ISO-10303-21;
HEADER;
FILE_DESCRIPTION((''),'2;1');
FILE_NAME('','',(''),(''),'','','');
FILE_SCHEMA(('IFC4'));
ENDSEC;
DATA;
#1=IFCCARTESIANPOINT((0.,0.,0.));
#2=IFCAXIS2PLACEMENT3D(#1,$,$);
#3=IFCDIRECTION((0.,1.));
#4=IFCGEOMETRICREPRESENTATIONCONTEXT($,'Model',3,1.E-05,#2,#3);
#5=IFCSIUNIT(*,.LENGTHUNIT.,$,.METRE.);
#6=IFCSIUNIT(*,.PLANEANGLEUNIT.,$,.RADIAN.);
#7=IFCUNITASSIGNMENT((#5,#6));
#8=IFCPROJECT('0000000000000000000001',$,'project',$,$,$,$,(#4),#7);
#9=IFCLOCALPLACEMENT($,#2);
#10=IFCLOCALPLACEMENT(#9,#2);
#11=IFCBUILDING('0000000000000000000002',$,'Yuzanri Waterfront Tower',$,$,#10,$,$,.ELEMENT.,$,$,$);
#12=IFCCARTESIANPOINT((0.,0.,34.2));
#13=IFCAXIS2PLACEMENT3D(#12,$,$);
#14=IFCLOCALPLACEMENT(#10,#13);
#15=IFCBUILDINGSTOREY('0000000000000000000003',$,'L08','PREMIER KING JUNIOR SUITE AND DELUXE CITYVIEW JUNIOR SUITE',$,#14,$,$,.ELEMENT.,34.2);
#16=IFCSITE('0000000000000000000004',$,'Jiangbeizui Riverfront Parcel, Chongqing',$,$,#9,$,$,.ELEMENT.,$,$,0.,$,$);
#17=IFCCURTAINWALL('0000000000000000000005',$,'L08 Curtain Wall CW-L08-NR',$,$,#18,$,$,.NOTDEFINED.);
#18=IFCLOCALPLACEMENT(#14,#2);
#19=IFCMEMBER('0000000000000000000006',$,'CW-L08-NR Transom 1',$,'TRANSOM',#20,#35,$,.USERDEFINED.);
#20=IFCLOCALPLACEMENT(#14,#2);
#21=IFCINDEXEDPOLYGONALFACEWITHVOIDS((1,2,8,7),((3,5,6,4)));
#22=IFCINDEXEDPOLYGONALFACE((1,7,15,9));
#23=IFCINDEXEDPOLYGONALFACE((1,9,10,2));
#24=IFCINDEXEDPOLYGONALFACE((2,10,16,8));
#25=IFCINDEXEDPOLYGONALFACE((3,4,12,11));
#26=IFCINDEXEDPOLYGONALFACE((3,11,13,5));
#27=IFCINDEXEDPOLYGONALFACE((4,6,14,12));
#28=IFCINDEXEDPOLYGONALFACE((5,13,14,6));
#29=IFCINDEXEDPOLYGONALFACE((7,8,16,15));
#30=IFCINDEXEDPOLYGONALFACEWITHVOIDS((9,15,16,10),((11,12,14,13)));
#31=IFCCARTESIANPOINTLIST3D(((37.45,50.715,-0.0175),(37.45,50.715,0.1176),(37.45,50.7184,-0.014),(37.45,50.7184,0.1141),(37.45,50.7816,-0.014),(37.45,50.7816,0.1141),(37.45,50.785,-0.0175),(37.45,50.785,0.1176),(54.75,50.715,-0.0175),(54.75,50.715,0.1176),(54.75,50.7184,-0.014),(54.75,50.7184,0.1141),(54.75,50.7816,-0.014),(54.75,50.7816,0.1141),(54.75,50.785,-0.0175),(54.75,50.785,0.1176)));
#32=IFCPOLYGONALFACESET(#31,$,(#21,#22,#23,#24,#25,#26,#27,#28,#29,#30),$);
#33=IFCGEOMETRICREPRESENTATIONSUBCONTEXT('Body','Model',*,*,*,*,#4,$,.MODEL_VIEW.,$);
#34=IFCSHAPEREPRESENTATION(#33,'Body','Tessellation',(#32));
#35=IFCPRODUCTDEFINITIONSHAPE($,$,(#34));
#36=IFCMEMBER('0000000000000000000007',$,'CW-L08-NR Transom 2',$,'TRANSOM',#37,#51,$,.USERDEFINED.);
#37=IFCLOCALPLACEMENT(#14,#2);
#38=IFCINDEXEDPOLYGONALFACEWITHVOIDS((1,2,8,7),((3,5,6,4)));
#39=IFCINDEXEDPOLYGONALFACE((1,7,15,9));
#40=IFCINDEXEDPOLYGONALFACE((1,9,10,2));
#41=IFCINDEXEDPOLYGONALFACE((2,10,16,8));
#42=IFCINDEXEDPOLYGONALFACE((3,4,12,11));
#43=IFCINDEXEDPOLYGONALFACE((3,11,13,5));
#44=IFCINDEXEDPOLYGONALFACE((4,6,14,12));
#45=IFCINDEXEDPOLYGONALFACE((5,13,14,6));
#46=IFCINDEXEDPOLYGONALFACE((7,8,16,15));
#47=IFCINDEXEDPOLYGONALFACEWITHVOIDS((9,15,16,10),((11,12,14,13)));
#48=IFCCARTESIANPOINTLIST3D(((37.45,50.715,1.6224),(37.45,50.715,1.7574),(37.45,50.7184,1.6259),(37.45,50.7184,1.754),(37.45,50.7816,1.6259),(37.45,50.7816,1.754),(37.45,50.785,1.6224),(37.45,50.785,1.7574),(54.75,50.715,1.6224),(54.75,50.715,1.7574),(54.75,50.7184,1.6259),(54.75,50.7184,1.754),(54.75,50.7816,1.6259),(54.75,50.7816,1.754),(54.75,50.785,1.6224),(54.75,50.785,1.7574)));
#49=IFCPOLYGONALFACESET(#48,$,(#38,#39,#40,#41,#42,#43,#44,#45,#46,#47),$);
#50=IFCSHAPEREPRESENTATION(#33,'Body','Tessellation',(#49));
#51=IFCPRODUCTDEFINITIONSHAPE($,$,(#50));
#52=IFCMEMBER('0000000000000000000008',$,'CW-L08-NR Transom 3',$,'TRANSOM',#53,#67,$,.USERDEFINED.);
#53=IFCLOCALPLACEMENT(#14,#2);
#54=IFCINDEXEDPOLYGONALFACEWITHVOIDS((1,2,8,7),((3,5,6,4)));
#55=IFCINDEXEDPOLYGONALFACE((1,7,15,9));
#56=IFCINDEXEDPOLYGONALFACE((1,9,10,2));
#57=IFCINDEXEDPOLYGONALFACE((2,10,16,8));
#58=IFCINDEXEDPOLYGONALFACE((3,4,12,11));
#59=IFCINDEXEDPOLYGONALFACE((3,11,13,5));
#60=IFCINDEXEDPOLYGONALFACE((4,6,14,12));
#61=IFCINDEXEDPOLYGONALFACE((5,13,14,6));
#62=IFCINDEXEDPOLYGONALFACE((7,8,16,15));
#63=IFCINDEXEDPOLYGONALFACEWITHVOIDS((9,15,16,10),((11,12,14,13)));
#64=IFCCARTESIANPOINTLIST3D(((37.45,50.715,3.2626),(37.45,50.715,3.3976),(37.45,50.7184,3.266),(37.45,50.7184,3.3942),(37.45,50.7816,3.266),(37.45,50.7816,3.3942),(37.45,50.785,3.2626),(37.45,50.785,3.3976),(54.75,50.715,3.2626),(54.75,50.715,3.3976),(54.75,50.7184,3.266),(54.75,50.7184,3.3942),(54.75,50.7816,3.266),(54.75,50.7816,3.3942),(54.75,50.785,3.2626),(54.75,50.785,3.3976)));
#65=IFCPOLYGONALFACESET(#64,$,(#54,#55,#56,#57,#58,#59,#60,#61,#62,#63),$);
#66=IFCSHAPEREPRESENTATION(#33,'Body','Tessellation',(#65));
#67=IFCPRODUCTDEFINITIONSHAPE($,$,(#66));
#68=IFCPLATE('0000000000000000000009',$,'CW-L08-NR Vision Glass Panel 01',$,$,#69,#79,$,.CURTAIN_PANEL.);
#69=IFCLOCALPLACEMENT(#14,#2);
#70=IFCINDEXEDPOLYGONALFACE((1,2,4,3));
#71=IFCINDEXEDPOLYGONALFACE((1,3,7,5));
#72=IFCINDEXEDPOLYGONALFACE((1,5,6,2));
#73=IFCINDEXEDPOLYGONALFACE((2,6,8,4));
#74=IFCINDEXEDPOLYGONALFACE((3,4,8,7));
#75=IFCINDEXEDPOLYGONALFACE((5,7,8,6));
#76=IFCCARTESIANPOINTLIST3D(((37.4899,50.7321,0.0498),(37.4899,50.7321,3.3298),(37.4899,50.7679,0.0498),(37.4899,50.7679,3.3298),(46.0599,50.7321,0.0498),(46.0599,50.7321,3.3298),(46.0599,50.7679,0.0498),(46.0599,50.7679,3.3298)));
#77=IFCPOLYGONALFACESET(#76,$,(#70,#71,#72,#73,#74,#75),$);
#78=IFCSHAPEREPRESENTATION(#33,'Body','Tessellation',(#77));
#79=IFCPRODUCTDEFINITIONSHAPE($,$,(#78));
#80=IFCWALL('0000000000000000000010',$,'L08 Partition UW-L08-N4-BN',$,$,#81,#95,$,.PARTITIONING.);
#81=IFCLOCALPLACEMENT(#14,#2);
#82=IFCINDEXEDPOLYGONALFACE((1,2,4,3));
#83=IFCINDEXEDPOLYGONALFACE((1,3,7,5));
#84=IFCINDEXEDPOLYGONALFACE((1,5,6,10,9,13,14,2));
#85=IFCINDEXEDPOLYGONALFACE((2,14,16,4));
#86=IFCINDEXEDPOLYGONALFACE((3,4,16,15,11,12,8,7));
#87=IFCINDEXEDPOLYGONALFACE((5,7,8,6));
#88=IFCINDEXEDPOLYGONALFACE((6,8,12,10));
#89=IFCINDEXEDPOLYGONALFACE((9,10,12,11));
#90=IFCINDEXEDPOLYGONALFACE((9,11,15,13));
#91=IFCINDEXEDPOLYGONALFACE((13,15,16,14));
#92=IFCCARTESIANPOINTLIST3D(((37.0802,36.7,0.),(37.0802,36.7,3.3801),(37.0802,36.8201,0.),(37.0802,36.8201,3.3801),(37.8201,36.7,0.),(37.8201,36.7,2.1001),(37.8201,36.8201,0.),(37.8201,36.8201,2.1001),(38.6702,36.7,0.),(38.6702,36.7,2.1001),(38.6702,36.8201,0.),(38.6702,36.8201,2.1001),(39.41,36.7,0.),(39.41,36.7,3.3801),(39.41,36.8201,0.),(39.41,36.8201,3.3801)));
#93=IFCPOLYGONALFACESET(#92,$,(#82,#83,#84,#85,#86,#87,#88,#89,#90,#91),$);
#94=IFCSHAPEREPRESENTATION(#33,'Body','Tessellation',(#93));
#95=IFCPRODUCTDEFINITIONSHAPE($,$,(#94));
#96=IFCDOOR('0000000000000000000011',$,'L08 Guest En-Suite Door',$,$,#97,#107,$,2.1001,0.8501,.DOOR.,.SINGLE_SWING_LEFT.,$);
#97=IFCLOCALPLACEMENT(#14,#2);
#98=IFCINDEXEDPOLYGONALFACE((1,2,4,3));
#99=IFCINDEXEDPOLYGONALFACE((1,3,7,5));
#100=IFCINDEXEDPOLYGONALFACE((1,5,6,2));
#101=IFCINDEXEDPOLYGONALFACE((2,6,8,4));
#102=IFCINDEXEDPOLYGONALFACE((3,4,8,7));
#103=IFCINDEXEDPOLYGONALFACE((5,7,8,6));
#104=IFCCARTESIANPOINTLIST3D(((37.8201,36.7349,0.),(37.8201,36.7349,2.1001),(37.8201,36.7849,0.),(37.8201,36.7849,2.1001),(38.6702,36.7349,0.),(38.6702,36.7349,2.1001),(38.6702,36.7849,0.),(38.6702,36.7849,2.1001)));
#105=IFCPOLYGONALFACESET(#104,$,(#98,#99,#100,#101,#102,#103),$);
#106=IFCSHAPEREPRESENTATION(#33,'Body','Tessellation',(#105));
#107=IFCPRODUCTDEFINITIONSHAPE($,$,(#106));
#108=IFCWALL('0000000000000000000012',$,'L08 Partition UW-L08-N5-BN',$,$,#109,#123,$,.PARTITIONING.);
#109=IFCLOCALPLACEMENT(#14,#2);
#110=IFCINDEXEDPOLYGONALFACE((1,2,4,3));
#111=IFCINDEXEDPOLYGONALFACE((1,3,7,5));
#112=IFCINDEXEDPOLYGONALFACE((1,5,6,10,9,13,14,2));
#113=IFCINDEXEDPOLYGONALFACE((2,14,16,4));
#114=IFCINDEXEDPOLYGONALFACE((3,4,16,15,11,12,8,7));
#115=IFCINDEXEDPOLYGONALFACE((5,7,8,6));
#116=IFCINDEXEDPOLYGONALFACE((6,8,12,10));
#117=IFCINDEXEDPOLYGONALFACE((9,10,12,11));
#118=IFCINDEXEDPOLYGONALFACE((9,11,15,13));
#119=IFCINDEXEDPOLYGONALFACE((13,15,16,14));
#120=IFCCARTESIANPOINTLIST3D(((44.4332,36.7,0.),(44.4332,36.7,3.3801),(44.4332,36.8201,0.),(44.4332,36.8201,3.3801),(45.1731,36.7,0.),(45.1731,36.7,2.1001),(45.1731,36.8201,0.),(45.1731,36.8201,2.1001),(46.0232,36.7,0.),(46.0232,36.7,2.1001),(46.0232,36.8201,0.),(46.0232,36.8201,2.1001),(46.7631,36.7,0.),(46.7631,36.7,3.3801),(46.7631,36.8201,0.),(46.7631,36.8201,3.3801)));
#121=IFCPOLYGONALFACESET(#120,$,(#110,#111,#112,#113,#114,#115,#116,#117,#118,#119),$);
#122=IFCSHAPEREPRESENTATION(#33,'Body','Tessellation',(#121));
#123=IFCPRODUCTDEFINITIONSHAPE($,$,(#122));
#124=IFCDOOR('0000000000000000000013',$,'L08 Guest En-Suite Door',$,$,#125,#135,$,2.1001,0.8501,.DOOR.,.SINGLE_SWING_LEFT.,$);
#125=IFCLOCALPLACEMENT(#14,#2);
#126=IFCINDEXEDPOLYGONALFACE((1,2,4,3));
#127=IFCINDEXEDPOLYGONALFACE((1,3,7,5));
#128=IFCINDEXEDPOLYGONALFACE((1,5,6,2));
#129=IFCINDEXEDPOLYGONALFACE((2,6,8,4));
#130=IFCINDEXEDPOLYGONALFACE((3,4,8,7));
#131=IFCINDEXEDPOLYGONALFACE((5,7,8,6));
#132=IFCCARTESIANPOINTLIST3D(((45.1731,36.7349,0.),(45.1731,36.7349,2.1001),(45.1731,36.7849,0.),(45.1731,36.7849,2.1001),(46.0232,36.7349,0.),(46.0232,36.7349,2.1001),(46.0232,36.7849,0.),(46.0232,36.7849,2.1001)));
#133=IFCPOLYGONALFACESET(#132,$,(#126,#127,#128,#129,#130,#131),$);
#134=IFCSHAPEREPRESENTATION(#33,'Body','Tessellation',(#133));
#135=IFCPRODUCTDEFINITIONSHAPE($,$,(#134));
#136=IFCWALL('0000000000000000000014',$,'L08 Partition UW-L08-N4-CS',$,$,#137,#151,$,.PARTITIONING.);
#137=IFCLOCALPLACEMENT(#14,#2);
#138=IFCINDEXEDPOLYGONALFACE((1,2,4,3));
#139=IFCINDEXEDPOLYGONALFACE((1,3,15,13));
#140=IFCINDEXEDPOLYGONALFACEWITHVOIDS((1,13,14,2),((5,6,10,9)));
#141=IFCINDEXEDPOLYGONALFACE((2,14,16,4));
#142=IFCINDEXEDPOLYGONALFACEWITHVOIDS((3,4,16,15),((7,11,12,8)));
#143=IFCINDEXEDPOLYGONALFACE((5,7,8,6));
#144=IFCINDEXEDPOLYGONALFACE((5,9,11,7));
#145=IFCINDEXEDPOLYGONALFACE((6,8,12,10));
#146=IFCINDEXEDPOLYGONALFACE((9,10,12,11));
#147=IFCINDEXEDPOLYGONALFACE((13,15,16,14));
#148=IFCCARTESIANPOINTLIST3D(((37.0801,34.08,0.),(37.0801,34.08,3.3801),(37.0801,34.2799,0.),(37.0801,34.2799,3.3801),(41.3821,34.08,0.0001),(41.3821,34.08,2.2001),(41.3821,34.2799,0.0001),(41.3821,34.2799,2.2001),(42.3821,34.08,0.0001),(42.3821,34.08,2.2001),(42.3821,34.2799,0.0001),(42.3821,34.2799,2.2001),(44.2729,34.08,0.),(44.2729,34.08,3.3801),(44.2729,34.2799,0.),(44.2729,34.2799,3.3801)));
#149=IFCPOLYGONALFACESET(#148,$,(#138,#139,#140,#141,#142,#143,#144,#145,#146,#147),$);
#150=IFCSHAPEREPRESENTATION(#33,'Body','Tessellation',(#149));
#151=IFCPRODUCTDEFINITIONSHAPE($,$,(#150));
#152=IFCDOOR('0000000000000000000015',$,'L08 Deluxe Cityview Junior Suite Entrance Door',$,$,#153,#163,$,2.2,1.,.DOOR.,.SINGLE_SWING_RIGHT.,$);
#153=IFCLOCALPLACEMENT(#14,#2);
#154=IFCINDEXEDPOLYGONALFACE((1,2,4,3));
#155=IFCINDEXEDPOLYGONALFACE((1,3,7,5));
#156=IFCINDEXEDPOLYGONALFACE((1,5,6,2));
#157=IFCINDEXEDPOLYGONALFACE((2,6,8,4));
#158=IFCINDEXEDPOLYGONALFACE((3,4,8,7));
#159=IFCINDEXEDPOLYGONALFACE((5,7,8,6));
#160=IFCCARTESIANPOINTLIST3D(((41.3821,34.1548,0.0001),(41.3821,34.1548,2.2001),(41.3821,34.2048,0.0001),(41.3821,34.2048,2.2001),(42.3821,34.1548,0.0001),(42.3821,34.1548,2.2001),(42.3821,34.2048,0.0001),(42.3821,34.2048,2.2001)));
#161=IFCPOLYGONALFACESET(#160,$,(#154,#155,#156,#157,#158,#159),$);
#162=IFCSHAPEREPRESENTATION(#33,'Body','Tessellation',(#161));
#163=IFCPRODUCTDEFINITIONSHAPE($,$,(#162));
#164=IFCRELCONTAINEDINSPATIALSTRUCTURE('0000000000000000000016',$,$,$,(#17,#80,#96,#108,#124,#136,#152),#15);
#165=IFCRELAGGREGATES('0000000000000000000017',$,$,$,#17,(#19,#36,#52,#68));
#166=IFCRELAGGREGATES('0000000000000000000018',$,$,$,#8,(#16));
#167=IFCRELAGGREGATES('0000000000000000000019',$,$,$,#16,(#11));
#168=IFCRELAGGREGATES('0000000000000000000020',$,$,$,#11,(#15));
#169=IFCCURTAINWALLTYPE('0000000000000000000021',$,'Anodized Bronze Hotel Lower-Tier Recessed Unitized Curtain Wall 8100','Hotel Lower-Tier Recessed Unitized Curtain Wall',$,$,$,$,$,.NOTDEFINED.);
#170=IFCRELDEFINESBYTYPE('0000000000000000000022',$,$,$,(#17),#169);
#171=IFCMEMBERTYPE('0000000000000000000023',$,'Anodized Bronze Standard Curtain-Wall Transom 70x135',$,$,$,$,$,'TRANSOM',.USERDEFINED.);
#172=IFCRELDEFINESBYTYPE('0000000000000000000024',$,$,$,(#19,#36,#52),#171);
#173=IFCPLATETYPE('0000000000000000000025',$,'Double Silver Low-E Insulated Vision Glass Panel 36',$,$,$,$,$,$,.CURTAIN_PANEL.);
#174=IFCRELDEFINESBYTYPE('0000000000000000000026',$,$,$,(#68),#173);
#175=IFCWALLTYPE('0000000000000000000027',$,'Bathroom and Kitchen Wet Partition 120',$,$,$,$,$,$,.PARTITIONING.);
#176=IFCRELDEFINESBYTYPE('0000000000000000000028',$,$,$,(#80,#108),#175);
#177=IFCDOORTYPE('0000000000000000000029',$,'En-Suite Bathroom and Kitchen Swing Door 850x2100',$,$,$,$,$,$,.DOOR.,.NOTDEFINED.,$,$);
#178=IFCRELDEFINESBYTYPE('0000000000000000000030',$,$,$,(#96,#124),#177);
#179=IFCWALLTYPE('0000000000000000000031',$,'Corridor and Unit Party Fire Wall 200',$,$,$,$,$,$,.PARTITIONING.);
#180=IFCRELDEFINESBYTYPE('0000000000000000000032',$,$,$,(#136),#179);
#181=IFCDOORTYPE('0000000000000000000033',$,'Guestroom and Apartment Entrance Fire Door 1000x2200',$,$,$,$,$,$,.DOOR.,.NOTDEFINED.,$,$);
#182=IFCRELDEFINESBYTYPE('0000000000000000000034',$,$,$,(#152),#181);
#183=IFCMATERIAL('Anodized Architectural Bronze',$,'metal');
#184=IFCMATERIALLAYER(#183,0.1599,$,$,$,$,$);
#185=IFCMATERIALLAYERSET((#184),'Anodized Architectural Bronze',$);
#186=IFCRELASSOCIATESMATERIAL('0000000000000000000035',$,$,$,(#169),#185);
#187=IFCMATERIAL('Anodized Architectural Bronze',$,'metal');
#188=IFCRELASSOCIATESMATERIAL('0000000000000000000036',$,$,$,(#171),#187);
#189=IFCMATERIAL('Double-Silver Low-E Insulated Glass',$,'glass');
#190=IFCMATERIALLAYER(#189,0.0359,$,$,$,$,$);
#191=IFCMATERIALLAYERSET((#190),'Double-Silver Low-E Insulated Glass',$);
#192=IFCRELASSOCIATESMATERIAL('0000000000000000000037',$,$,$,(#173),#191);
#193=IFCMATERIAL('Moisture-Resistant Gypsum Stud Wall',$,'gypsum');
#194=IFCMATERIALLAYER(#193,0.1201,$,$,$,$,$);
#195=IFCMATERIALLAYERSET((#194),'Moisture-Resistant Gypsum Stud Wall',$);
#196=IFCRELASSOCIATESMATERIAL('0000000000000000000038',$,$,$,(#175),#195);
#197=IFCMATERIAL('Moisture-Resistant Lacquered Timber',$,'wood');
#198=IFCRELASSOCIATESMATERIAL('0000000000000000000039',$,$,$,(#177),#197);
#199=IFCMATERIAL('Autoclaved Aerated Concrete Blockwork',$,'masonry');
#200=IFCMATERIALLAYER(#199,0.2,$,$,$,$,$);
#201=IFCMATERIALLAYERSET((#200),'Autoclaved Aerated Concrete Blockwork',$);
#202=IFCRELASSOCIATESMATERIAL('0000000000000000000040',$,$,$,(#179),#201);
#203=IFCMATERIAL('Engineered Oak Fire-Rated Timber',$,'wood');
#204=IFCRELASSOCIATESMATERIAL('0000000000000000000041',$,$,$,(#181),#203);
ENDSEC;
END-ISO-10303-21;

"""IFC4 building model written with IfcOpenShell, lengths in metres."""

from ifc_helpers import new_model, si_unit, direction, frame, frame_2d, origin, origin_2d, place, context, subcontext, project, spatial, rectangle, hollow_rectangle, extrude, source, transform, mapped, material, layer, layer_set, material_profile, profile_set, type_object, element, fill, aggregate, save


model = new_model("IFC4")

# Units and contexts
model_context = context("Model", 3, precision=1e-05, world=origin(), true_north=direction((0.0, 1.0)))
body_context = subcontext(model_context, "Body", "Model", "MODEL_VIEW")
ifc_project = project(units=[si_unit("LENGTHUNIT", "METRE"), si_unit("PLANEANGLEUNIT", "RADIAN")], contexts=[model_context])

# Site, building, storey
site_placement = place(None, origin())
site = spatial("IfcSite", under=ifc_project, at=site_placement, Name="Jiangbeizui Riverfront Parcel, Chongqing", CompositionType="ELEMENT", RefElevation=0.0)
building_placement = place(site_placement, origin())
building = spatial("IfcBuilding", under=site, at=building_placement, Name="Yuzanri Waterfront Tower", CompositionType="ELEMENT")
storey_placement = place(building_placement, frame((0.0, 0.0, 34.2)))
storey = spatial("IfcBuildingStorey", under=building, at=storey_placement, Name="L08", Description="PREMIER KING JUNIOR SUITE AND DELUXE CITYVIEW JUNIOR SUITE", CompositionType="ELEMENT", Elevation=34.2)

# Shared definitions
ifc_material_1 = material(Name="Anodized Architectural Bronze", Category="metal")
ifc_layer_1 = layer(ifc_material_1, 0.1599)
ifc_layer_set_1 = layer_set([ifc_layer_1], Name="Anodized Architectural Bronze")
curtain_wall_type = type_object("IfcCurtainWallType", Name="Anodized Bronze Hotel Lower-Tier Recessed Unitized Curtain Wall 8100", Description="Hotel Lower-Tier Recessed Unitized Curtain Wall", PredefinedType="NOTDEFINED", material=ifc_layer_set_1)

# Curtain wall, members, plate
curtain_wall_1_placement = place(storey_placement, origin())
curtain_wall_1 = element("IfcCurtainWall", 1, at=curtain_wall_1_placement, inside=storey, type_object=curtain_wall_type, Name="L08 Curtain Wall CW-L08-NR", PredefinedType="NOTDEFINED")
ifc_material_2 = material(Name="Anodized Architectural Bronze", Category="metal")
ifc_material_profile_1 = material_profile(ifc_material_2, hollow_rectangle(XDim=0.0701, YDim=0.135, WallThickness=0.0034, at=origin_2d()), Name="CWT 70x135")
ifc_profile_set_1 = profile_set([ifc_material_profile_1], Name="Anodized Architectural Bronze")
member_type_1 = type_object("IfcMemberType", Name="Anodized Bronze Standard Curtain-Wall Transom 70x135", ElementType="TRANSOM", PredefinedType="USERDEFINED", material=ifc_profile_set_1)
shared_shape_1 = source(origin(), body_context, "Body", "SweptSolid", [
    extrude(hollow_rectangle(XDim=0.0701, YDim=0.135, WallThickness=0.0034, at=origin_2d()), origin(), (0.0, 0.0, 1.0), 17.3),
])
member_1_placement = place(storey_placement, frame((37.45, 50.75, 0.05), z_axis=(1.0, 0.0, 0.0), x_axis=(0.0, 1.0, 0.0)))
member_1 = element("IfcMember", 2, at=member_1_placement, type_object=member_type_1, Name="CW-L08-NR Transom 1", ObjectType="TRANSOM", PredefinedType="USERDEFINED", context=body_context, shape_type="MappedRepresentation", body=[
    mapped(shared_shape_1, transform((0.0, 0.0, 0.0), scale=1.0)),
])
member_2_placement = place(storey_placement, frame((37.45, 50.75, 1.6899), z_axis=(1.0, 0.0, 0.0), x_axis=(0.0, 1.0, 0.0)))
member_2 = element("IfcMember", 3, at=member_2_placement, type_object=member_type_1, Name="CW-L08-NR Transom 2", ObjectType="TRANSOM", PredefinedType="USERDEFINED", context=body_context, shape_type="MappedRepresentation", body=[
    mapped(shared_shape_1, transform((0.0, 0.0, 0.0), scale=1.0)),
])
member_3_placement = place(storey_placement, frame((37.45, 50.75, 3.3301), z_axis=(1.0, 0.0, 0.0), x_axis=(0.0, 1.0, 0.0)))
member_3 = element("IfcMember", 4, at=member_3_placement, type_object=member_type_1, Name="CW-L08-NR Transom 3", ObjectType="TRANSOM", PredefinedType="USERDEFINED", context=body_context, shape_type="MappedRepresentation", body=[
    mapped(shared_shape_1, transform((0.0, 0.0, 0.0), scale=1.0)),
])
ifc_material_3 = material(Name="Double-Silver Low-E Insulated Glass", Category="glass")
ifc_layer_2 = layer(ifc_material_3, 0.0359)
ifc_layer_set_2 = layer_set([ifc_layer_2], Name="Double-Silver Low-E Insulated Glass")
plate_type = type_object("IfcPlateType", Name="Double Silver Low-E Insulated Vision Glass Panel 36", PredefinedType="CURTAIN_PANEL", material=ifc_layer_set_2)
shared_shape_2 = source(origin(), body_context, "Body", "SweptSolid", [
    extrude(rectangle(XDim=8.5701, YDim=0.0359, at=origin_2d()), origin(), (0.0, 0.0, 1.0), 3.28),
])
plate_placement = place(storey_placement, frame((41.7749, 50.75, 0.0498), z_axis=(0.0, 0.0, 1.0), x_axis=(1.0, 0.0, 0.0)))
plate = element("IfcPlate", 5, at=plate_placement, type_object=plate_type, Name="CW-L08-NR Vision Glass Panel 01", PredefinedType="CURTAIN_PANEL", context=body_context, shape_type="MappedRepresentation", body=[
    mapped(shared_shape_2, transform((0.0, 0.0, 0.0), scale=1.0)),
])
aggregate(curtain_wall_1, [member_1, member_2, member_3, plate])

# Walls, openings, doors
ifc_material_4 = material(Name="Moisture-Resistant Gypsum Stud Wall", Category="gypsum")
ifc_layer_3 = layer(ifc_material_4, 0.1201)
ifc_layer_set_3 = layer_set([ifc_layer_3], Name="Moisture-Resistant Gypsum Stud Wall")
wall_type_1 = type_object("IfcWallType", Name="Bathroom and Kitchen Wet Partition 120", PredefinedType="PARTITIONING", material=ifc_layer_set_3)
wall_1_placement = place(storey_placement, frame((37.0801, 36.76, 0.0), z_axis=(0.0, 0.0, 1.0), x_axis=(1.0, 0.0, 0.0)))
wall_1 = element("IfcWall", 6, at=wall_1_placement, inside=storey, type_object=wall_type_1, Name="L08 Partition UW-L08-N4-BN", PredefinedType="PARTITIONING", context=body_context, shape_type="SweptSolid", body=[
    extrude(rectangle(XDim=2.3298, YDim=0.1201, at=frame_2d((1.165, 0.0))), origin(), (0.0, 0.0, 1.0), 3.3801),
])
opening_1_placement = place(wall_1_placement, frame((0.74, 0.0, 0.0)))
opening_1 = element("IfcOpeningElement", 7, at=opening_1_placement, cuts=wall_1, PredefinedType="OPENING", context=body_context, shape_type="SweptSolid", body=[
    extrude(rectangle(XDim=0.8501, YDim=2.1001, at=frame_2d((0.425, 1.05))), frame((0.0, 0.075, 0.0), z_axis=(0.0, -1.0, 0.0), x_axis=(1.0, 0.0, 0.0)), (0.0, 0.0, 1.0), 0.1499),
])
ifc_material_5 = material(Name="Moisture-Resistant Lacquered Timber", Category="wood")
door_type_1 = type_object("IfcDoorType", Name="En-Suite Bathroom and Kitchen Swing Door 850x2100", OperationType="NOTDEFINED", PredefinedType="DOOR", material=ifc_material_5)
shared_shape_3 = source(origin(), body_context, "Body", "SweptSolid", [
    extrude(rectangle(XDim=0.8501, YDim=2.1001, at=frame_2d((0.425, 1.05))), frame((0.0, 0.0249, 0.0), z_axis=(0.0, -1.0, 0.0), x_axis=(1.0, 0.0, 0.0)), (0.0, 0.0, 1.0), 0.05),
])
door_1_placement = place(opening_1_placement, origin())
door_1 = element("IfcDoor", 8, at=door_1_placement, inside=storey, type_object=door_type_1, Name="L08 Guest En-Suite Door", OperationType="SINGLE_SWING_LEFT", OverallHeight=2.1001, OverallWidth=0.8501, PredefinedType="DOOR", context=body_context, shape_type="MappedRepresentation", body=[
    mapped(shared_shape_3, transform((0.0, 0.0, 0.0), scale=1.0)),
])
fill(opening_1, door_1)
wall_2_placement = place(storey_placement, frame((44.4331, 36.76, 0.0), z_axis=(0.0, 0.0, 1.0), x_axis=(1.0, 0.0, 0.0)))
wall_2 = element("IfcWall", 9, at=wall_2_placement, inside=storey, type_object=wall_type_1, Name="L08 Partition UW-L08-N5-BN", PredefinedType="PARTITIONING", context=body_context, shape_type="SweptSolid", body=[
    extrude(rectangle(XDim=2.3298, YDim=0.1201, at=frame_2d((1.165, 0.0))), origin(), (0.0, 0.0, 1.0), 3.3801),
])
opening_2_placement = place(wall_2_placement, frame((0.74, 0.0, 0.0)))
opening_2 = element("IfcOpeningElement", 10, at=opening_2_placement, cuts=wall_2, PredefinedType="OPENING", context=body_context, shape_type="SweptSolid", body=[
    extrude(rectangle(XDim=0.8501, YDim=2.1001, at=frame_2d((0.425, 1.05))), frame((0.0, 0.075, 0.0), z_axis=(0.0, -1.0, 0.0), x_axis=(1.0, 0.0, 0.0)), (0.0, 0.0, 1.0), 0.1499),
])
door_2_placement = place(opening_2_placement, origin())
door_2 = element("IfcDoor", 11, at=door_2_placement, inside=storey, type_object=door_type_1, Name="L08 Guest En-Suite Door", OperationType="SINGLE_SWING_LEFT", OverallHeight=2.1001, OverallWidth=0.8501, PredefinedType="DOOR", context=body_context, shape_type="MappedRepresentation", body=[
    mapped(shared_shape_3, transform((0.0, 0.0, 0.0), scale=1.0)),
])
fill(opening_2, door_2)
ifc_material_6 = material(Name="Autoclaved Aerated Concrete Blockwork", Category="masonry")
ifc_layer_4 = layer(ifc_material_6, 0.2)
ifc_layer_set_4 = layer_set([ifc_layer_4], Name="Autoclaved Aerated Concrete Blockwork")
wall_type_2 = type_object("IfcWallType", Name="Corridor and Unit Party Fire Wall 200", PredefinedType="PARTITIONING", material=ifc_layer_set_4)
wall_3_placement = place(storey_placement, frame((37.0801, 34.1799, 0.0), z_axis=(0.0, 0.0, 1.0), x_axis=(1.0, 0.0, 0.0)))
wall_3 = element("IfcWall", 12, at=wall_3_placement, inside=storey, type_object=wall_type_2, Name="L08 Partition UW-L08-N4-CS", PredefinedType="PARTITIONING", context=body_context, shape_type="SweptSolid", body=[
    extrude(rectangle(XDim=7.1929, YDim=0.2, at=frame_2d((3.5964, 0.0))), origin(), (0.0, 0.0, 1.0), 3.3801),
])
opening_3_placement = place(wall_3_placement, frame((4.302, 0.0, 0.0)))
opening_3 = element("IfcOpeningElement", 13, at=opening_3_placement, cuts=wall_3, PredefinedType="OPENING", context=body_context, shape_type="SweptSolid", body=[
    extrude(rectangle(XDim=1.0, YDim=2.2, at=frame_2d((0.5, 1.1001))), frame((0.0, 0.1147, 0.0), z_axis=(0.0, -1.0, 0.0), x_axis=(1.0, 0.0, 0.0)), (0.0, 0.0, 1.0), 0.2297),
])
ifc_material_7 = material(Name="Engineered Oak Fire-Rated Timber", Category="wood")
door_type_2 = type_object("IfcDoorType", Name="Guestroom and Apartment Entrance Fire Door 1000x2200", OperationType="NOTDEFINED", PredefinedType="DOOR", material=ifc_material_7)
shared_shape_4 = source(origin(), body_context, "Body", "SweptSolid", [
    extrude(rectangle(XDim=1.0, YDim=2.2, at=frame_2d((0.5, 1.1001))), frame((0.0, 0.0249, 0.0), z_axis=(0.0, -1.0, 0.0), x_axis=(1.0, 0.0, 0.0)), (0.0, 0.0, 1.0), 0.05),
])
door_3_placement = place(opening_3_placement, origin())
door_3 = element("IfcDoor", 14, at=door_3_placement, inside=storey, type_object=door_type_2, Name="L08 Deluxe Cityview Junior Suite Entrance Door", OperationType="SINGLE_SWING_RIGHT", OverallHeight=2.2, OverallWidth=1.0, PredefinedType="DOOR", context=body_context, shape_type="MappedRepresentation", body=[
    mapped(shared_shape_4, transform((0.0, 0.0, 0.0), scale=1.0)),
])
fill(opening_3, door_3)

save(model, "model.ifc")
